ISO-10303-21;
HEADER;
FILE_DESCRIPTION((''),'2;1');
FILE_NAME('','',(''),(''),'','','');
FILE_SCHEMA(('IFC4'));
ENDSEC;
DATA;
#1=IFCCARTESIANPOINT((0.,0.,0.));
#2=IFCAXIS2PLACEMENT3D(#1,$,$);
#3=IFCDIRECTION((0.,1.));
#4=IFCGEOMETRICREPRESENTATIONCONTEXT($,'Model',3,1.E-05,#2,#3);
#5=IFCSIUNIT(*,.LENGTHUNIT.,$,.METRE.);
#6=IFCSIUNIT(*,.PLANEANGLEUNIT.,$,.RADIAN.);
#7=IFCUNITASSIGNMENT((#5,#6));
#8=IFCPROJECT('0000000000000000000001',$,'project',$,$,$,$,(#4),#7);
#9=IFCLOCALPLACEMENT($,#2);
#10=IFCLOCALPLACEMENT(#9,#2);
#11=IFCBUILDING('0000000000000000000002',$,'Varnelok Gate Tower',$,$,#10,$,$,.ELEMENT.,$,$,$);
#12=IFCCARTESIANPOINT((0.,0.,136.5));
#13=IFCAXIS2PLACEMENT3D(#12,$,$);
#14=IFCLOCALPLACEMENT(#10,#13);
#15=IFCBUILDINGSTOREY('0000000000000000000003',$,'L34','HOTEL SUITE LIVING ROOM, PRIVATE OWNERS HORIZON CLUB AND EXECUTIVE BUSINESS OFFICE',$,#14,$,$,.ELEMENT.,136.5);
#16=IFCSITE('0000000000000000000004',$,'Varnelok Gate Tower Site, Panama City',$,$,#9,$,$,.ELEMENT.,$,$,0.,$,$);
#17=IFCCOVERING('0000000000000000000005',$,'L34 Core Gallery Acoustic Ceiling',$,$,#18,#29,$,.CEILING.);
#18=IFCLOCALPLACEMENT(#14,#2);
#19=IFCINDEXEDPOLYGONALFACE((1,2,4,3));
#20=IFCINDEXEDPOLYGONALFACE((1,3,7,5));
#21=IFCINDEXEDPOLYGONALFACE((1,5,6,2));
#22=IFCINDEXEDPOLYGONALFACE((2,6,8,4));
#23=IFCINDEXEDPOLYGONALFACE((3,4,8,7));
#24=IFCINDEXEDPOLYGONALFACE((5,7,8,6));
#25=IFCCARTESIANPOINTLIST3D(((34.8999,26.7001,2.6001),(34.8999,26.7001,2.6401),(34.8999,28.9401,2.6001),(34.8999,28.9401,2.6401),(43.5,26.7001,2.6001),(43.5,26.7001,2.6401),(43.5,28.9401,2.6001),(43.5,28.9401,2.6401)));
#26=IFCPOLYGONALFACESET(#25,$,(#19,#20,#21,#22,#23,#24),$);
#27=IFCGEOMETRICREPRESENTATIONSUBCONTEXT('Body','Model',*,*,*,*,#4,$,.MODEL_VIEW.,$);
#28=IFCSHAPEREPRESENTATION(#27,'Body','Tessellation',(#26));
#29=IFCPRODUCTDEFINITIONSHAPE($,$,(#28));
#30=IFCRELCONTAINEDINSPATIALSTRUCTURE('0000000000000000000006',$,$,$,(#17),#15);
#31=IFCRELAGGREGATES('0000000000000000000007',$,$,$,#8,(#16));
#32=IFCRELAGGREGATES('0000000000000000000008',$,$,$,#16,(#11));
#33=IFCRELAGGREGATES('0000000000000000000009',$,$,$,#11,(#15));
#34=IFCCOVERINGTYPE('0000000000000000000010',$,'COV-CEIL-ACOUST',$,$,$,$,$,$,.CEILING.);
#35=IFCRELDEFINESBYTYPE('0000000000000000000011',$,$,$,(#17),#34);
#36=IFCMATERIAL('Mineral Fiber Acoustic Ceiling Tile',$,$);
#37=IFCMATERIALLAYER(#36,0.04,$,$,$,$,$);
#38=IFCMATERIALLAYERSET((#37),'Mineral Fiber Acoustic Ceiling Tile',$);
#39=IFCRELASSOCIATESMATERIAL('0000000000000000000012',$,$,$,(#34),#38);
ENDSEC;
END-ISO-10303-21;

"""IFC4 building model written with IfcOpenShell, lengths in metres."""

from ifc_helpers import new_model, si_unit, direction, frame, origin, origin_2d, place, context, subcontext, project, spatial, rectangle, extrude, source, transform, mapped, material, layer, layer_set, type_object, element, save


model = new_model("IFC4")

# Units and contexts
model_context = context("Model", 3, precision=1e-05, world=origin(), true_north=direction((0.0, 1.0)))
body_context = subcontext(model_context, "Body", "Model", "MODEL_VIEW")
ifc_project = project(units=[si_unit("LENGTHUNIT", "METRE"), si_unit("PLANEANGLEUNIT", "RADIAN")], contexts=[model_context])

# Site, building, storey
site_placement = place(None, origin())
site = spatial("IfcSite", under=ifc_project, at=site_placement, Name="Varnelok Gate Tower Site, Panama City", CompositionType="ELEMENT", RefElevation=0.0)
building_placement = place(site_placement, origin())
building = spatial("IfcBuilding", under=site, at=building_placement, Name="Varnelok Gate Tower", CompositionType="ELEMENT")
storey_placement = place(building_placement, frame((0.0, 0.0, 136.5)))
storey = spatial("IfcBuildingStorey", under=building, at=storey_placement, Name="L34", Description="HOTEL SUITE LIVING ROOM, PRIVATE OWNERS HORIZON CLUB AND EXECUTIVE BUSINESS OFFICE", CompositionType="ELEMENT", Elevation=136.5)

# Covering
ifc_material_1 = material(Name="Mineral Fiber Acoustic Ceiling Tile")
ifc_layer_1 = layer(ifc_material_1, 0.04)
ifc_layer_set_1 = layer_set([ifc_layer_1], Name="Mineral Fiber Acoustic Ceiling Tile")
covering_type_1 = type_object("IfcCoveringType", Name="COV-CEIL-ACOUST", PredefinedType="CEILING", material=ifc_layer_set_1)
shared_shape_1 = source(origin(), body_context, "Body", "SweptSolid", [
    extrude(rectangle(XDim=8.6001, YDim=2.24, at=origin_2d()), origin(), (0.0, 0.0, 1.0), 0.04),
])
covering_1_placement = place(storey_placement, frame((39.2, 27.8201, 2.6001), z_axis=(0.0, 0.0, 1.0), x_axis=(1.0, 0.0, 0.0)))
element("IfcCovering", 1, at=covering_1_placement, inside=storey, type_object=covering_type_1, Name="L34 Core Gallery Acoustic Ceiling", PredefinedType="CEILING", context=body_context, shape_type="MappedRepresentation", body=[
    mapped(shared_shape_1, transform((0.0, 0.0, 0.0), scale=1.0)),
])

save(model, "model.ifc")
